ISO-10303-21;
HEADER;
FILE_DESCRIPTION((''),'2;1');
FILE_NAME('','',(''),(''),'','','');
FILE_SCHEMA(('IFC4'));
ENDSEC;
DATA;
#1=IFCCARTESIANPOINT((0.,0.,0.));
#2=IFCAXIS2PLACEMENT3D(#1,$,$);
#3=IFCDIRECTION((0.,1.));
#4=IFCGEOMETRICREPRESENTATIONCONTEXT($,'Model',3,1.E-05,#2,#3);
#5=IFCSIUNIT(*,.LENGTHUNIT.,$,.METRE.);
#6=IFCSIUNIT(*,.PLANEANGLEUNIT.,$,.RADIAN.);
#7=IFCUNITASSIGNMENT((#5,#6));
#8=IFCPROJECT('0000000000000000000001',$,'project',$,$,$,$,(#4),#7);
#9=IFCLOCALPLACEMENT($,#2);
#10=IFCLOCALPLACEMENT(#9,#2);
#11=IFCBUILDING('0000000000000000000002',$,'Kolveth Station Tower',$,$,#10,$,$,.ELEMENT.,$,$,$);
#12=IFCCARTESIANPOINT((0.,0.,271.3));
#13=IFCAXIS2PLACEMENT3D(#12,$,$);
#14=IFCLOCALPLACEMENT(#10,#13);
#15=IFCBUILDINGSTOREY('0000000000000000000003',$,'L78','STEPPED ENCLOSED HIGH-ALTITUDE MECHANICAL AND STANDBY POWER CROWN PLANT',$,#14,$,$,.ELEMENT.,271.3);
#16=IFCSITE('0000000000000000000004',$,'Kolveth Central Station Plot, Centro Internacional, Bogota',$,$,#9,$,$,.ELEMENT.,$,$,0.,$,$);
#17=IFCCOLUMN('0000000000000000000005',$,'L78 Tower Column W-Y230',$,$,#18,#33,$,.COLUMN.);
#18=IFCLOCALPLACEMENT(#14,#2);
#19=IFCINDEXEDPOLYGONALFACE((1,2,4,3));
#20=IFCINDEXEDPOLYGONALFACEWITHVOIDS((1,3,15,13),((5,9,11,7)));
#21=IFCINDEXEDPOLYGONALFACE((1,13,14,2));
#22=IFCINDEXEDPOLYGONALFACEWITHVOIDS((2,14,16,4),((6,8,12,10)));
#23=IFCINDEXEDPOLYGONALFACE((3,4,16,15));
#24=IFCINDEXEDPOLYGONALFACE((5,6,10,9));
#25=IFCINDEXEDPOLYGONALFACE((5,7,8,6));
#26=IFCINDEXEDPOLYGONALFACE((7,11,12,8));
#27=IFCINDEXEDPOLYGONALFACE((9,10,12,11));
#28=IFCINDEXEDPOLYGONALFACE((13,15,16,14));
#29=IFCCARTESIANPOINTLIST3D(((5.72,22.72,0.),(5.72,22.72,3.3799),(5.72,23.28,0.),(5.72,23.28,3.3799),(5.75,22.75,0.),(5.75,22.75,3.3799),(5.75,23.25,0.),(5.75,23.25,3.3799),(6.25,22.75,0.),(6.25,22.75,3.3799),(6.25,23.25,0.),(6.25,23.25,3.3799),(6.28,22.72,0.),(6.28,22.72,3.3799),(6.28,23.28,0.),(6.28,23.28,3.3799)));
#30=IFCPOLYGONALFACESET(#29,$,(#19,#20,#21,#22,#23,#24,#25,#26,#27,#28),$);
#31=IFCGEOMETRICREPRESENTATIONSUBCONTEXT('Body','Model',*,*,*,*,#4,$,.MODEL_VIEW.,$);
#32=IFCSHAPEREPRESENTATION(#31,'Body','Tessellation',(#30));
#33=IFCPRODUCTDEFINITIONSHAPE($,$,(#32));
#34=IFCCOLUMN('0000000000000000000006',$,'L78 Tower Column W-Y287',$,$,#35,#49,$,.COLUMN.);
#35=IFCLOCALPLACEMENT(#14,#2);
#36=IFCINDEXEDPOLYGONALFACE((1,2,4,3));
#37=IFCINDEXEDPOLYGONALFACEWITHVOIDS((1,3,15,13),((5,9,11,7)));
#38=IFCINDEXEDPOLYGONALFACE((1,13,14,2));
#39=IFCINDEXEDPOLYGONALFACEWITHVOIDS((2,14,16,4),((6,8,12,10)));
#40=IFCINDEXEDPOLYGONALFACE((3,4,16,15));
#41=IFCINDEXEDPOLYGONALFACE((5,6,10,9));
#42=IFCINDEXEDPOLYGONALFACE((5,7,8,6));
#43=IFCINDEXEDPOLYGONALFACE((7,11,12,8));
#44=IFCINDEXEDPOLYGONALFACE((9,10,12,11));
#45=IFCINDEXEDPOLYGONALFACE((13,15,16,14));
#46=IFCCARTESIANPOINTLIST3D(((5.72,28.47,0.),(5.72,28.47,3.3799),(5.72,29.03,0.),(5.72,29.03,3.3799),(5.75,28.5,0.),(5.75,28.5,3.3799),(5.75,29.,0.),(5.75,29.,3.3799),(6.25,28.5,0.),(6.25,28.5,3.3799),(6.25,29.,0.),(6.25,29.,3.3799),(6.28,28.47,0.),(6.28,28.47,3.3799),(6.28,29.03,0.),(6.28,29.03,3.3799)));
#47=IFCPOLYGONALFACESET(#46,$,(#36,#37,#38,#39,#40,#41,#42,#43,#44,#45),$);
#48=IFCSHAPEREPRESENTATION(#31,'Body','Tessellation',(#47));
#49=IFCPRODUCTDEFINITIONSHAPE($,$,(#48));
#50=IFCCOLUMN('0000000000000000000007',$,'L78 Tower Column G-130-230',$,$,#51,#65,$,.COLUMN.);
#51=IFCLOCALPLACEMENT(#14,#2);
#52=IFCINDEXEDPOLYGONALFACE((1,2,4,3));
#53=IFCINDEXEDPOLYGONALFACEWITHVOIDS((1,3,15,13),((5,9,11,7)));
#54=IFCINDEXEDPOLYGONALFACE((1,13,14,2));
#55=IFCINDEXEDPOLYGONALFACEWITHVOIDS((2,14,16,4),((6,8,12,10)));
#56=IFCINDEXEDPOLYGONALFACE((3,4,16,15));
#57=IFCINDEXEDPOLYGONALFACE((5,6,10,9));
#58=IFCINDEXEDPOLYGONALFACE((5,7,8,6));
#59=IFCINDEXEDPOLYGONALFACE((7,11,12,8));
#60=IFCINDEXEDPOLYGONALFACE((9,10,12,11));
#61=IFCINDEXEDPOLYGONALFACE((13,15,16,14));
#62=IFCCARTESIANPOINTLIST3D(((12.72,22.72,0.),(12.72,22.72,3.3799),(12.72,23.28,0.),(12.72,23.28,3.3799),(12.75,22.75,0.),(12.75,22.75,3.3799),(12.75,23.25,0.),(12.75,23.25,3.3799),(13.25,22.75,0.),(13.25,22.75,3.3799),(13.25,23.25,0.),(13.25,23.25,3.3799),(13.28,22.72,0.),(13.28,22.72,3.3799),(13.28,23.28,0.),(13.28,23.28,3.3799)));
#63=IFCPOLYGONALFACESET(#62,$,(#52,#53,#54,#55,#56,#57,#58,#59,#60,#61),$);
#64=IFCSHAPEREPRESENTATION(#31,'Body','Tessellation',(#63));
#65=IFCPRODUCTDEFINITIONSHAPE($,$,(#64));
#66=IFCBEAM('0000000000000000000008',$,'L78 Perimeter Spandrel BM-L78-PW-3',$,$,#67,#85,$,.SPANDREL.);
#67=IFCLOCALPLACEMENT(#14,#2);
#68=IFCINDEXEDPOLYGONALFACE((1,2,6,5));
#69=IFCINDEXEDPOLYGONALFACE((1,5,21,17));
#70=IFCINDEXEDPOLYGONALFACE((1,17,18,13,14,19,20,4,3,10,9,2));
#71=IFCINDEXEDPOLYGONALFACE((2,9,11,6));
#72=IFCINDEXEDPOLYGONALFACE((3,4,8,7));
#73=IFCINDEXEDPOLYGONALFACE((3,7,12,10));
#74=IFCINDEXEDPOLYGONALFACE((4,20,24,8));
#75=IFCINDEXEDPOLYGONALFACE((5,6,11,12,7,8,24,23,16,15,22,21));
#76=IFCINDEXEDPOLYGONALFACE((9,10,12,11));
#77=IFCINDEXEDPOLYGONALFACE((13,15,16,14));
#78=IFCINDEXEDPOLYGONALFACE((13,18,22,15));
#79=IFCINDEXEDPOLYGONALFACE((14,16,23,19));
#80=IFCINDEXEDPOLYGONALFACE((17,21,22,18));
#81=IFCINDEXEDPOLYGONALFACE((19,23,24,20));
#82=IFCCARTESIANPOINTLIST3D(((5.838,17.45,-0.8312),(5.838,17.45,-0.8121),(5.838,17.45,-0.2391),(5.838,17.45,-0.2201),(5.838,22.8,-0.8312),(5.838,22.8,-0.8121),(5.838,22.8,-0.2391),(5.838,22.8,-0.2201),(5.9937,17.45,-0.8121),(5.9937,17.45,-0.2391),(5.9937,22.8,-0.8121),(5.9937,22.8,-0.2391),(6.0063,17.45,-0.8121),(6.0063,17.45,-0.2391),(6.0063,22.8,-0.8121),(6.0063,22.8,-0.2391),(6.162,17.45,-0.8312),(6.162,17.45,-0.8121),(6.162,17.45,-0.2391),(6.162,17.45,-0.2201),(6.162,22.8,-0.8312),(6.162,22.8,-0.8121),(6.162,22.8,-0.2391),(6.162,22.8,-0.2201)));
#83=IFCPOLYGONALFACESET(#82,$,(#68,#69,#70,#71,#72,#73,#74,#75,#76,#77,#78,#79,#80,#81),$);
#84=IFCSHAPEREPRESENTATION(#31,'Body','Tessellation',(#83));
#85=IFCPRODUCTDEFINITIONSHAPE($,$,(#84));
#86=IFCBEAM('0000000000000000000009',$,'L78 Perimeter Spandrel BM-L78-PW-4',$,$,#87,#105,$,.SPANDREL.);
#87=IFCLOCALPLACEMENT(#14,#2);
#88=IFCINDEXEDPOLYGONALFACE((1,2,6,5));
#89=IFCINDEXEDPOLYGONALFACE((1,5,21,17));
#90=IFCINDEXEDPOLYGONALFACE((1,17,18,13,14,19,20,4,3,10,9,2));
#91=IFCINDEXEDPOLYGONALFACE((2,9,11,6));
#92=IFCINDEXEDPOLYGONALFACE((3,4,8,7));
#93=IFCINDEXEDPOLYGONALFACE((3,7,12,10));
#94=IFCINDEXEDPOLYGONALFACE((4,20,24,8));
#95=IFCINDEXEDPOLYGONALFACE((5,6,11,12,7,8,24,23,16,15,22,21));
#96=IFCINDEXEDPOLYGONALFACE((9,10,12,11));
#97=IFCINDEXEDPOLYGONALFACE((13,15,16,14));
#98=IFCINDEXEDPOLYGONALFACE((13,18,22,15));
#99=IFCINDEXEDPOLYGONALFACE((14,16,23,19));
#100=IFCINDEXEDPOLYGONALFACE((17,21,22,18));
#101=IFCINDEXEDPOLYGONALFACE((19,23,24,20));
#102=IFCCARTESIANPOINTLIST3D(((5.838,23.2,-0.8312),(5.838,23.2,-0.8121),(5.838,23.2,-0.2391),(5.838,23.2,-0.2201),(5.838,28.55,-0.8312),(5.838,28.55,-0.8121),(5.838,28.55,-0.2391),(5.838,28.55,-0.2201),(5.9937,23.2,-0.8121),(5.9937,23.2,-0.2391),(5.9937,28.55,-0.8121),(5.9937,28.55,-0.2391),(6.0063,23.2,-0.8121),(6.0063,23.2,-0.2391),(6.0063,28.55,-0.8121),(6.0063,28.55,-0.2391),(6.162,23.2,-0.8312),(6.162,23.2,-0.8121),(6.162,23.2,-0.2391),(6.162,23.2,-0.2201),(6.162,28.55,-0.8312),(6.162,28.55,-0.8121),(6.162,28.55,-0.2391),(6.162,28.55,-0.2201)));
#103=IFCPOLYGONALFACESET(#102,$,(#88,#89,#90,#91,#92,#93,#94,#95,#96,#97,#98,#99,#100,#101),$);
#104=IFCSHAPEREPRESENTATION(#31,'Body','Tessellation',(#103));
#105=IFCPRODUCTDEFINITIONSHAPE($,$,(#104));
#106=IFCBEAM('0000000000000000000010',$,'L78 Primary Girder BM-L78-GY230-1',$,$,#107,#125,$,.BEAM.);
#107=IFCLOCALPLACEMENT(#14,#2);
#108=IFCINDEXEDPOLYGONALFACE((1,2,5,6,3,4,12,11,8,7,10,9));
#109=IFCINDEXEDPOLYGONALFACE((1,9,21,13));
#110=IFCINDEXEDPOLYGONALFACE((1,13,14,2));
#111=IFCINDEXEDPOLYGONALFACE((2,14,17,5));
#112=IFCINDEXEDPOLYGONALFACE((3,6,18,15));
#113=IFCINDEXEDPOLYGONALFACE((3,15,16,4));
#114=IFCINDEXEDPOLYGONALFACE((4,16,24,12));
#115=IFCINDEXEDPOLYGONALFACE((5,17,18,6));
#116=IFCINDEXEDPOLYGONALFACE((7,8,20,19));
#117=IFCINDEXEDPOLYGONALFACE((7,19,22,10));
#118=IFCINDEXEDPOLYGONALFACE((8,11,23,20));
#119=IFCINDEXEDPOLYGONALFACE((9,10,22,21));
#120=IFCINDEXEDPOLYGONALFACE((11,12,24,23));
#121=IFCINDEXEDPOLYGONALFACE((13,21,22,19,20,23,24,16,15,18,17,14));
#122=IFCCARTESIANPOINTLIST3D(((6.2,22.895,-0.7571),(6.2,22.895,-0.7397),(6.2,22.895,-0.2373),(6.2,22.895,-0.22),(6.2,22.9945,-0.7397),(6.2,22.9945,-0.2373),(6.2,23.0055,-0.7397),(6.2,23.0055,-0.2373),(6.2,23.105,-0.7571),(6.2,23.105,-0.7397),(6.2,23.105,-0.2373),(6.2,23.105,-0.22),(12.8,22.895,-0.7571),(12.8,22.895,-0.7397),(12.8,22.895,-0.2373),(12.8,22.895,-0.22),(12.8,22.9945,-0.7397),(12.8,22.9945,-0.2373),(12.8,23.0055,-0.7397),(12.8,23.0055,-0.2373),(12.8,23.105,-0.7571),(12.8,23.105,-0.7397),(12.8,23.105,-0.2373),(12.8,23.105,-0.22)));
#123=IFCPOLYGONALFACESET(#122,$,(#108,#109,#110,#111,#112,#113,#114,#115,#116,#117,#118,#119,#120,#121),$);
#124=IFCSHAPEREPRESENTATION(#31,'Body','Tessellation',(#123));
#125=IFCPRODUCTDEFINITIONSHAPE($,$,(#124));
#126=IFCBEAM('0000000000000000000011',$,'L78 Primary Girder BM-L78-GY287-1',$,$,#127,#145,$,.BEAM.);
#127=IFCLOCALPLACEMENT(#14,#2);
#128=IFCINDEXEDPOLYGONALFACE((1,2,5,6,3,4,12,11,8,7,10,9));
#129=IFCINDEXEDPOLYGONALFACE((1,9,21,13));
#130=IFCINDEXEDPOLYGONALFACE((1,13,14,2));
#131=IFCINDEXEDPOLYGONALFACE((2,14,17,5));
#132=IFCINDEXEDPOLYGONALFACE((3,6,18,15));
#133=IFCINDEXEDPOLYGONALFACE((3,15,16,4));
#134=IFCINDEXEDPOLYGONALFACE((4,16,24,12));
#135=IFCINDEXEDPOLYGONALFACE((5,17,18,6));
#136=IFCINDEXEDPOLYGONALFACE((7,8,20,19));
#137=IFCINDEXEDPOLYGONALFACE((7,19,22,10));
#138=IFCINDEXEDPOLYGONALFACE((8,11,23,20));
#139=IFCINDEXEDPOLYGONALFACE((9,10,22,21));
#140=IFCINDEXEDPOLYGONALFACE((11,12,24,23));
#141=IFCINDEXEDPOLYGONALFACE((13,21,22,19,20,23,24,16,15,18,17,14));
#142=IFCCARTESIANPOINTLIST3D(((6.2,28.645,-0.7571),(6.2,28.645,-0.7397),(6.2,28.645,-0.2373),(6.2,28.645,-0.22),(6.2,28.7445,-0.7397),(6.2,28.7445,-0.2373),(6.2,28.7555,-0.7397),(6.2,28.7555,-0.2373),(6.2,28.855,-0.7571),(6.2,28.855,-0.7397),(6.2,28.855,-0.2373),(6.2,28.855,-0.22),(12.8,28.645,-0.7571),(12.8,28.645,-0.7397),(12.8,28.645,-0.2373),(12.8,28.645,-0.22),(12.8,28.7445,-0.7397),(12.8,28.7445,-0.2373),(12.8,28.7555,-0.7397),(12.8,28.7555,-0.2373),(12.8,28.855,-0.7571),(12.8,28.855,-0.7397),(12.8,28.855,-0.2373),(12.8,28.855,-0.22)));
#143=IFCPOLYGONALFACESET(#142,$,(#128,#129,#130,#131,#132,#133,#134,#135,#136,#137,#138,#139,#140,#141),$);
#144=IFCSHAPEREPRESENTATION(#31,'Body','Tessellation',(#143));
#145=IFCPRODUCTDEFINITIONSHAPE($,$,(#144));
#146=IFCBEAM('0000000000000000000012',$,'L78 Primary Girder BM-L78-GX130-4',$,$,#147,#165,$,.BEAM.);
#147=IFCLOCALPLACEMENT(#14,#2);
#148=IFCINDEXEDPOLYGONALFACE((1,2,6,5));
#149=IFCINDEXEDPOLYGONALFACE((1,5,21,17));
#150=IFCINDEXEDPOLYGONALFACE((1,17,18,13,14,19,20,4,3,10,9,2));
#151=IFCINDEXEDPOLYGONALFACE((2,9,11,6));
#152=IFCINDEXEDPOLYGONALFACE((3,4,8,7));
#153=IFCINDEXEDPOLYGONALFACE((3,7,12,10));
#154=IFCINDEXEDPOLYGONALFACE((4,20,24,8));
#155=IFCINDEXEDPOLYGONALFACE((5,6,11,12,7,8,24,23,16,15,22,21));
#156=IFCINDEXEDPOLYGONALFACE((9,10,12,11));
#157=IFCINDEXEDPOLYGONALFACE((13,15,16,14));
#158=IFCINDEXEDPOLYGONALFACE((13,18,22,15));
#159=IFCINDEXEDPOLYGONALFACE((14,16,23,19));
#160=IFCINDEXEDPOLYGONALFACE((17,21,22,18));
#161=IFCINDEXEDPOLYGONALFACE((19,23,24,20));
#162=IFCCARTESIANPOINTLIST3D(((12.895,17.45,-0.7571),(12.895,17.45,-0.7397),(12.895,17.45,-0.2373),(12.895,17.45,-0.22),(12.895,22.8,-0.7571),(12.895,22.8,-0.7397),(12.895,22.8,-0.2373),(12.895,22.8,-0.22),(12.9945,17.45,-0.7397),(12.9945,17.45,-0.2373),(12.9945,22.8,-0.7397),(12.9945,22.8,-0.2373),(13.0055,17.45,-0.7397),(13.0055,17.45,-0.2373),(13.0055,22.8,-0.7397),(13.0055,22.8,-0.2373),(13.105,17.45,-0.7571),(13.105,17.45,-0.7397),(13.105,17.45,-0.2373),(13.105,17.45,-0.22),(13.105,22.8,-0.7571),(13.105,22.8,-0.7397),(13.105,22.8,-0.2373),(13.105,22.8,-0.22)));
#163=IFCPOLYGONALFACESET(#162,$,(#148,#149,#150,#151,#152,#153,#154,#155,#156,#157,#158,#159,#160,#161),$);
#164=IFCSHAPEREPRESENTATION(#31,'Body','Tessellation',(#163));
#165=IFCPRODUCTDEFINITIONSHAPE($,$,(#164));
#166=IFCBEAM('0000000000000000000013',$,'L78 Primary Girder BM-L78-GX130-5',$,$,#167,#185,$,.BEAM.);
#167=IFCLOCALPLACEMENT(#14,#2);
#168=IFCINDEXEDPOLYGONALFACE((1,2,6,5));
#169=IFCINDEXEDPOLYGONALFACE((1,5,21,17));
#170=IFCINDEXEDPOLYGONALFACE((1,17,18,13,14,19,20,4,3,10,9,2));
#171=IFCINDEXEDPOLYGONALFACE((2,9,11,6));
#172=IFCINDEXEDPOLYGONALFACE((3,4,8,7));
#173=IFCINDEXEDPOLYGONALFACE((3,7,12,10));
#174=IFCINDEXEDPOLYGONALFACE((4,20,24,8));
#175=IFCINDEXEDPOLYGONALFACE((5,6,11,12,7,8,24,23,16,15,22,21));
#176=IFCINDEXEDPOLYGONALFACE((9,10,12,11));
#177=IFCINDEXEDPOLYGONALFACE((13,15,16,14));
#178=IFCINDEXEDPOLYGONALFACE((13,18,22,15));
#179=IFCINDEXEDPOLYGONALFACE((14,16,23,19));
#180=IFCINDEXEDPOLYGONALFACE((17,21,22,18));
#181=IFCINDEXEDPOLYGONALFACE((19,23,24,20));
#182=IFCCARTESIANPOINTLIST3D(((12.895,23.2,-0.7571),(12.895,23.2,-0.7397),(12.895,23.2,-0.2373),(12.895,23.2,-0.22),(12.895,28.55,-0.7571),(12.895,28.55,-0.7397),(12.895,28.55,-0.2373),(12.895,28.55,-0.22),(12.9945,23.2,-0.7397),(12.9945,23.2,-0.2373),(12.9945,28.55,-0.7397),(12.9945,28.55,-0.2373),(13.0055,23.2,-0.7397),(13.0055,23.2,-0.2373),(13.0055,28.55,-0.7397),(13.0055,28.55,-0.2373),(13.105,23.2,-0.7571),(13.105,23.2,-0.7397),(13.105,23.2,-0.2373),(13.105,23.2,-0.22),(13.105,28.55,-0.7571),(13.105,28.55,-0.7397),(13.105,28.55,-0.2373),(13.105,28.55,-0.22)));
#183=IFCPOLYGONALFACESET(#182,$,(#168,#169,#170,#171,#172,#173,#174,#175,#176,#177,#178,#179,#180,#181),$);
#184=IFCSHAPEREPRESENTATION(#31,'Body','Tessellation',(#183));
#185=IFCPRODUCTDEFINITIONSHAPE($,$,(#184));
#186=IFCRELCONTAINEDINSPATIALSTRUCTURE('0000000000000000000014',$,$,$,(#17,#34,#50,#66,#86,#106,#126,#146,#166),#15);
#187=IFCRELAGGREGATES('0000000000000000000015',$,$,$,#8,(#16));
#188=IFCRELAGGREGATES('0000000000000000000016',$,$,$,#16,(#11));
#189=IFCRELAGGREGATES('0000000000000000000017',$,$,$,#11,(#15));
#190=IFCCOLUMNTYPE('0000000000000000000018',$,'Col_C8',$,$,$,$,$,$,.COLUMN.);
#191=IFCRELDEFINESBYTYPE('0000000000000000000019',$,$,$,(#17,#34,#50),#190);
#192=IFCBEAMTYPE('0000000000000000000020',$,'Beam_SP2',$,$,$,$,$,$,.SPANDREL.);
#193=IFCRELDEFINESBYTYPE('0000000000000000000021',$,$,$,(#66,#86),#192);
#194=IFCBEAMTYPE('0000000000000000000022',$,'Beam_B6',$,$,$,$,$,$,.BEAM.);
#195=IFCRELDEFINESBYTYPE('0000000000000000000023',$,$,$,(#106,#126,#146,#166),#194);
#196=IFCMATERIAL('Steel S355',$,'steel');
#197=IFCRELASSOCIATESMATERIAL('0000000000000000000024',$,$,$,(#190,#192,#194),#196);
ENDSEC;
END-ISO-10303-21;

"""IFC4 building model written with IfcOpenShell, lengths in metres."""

from ifc_helpers import new_model, si_unit, direction, frame, origin, origin_2d, place, context, subcontext, project, spatial, hollow_rectangle, i_section, extrude, source, transform, mapped, material, material_profile, profile_set, type_object, element, save


model = new_model("IFC4")

# Units and contexts
model_context = context("Model", 3, precision=1e-05, world=origin(), true_north=direction((0.0, 1.0)))
body_context = subcontext(model_context, "Body", "Model", "MODEL_VIEW")
ifc_project = project(units=[si_unit("LENGTHUNIT", "METRE"), si_unit("PLANEANGLEUNIT", "RADIAN")], contexts=[model_context])

# Site, building, storey
site_placement = place(None, origin())
site = spatial("IfcSite", under=ifc_project, at=site_placement, Name="Kolveth Central Station Plot, Centro Internacional, Bogota", CompositionType="ELEMENT", RefElevation=0.0)
building_placement = place(site_placement, origin())
building = spatial("IfcBuilding", under=site, at=building_placement, Name="Kolveth Station Tower", CompositionType="ELEMENT")
storey_placement = place(building_placement, frame((0.0, 0.0, 271.3)))
storey = spatial("IfcBuildingStorey", under=building, at=storey_placement, Name="L78", Description="STEPPED ENCLOSED HIGH-ALTITUDE MECHANICAL AND STANDBY POWER CROWN PLANT", CompositionType="ELEMENT", Elevation=271.3)

# Columns
ifc_material_1 = material(Name="Steel S355", Category="steel")
ifc_material_profile_1 = material_profile(ifc_material_1, hollow_rectangle(XDim=0.5601, YDim=0.5601, WallThickness=0.03, at=origin_2d()), Name="BOX560x560x30")
ifc_profile_set_1 = profile_set([ifc_material_profile_1], Name="Steel S355")
column_type = type_object("IfcColumnType", Name="Col_C8", PredefinedType="COLUMN", material=ifc_profile_set_1)
shared_shape_1 = source(origin(), body_context, "Body", "SweptSolid", [
    extrude(hollow_rectangle(XDim=0.5601, YDim=0.5601, WallThickness=0.03, at=origin_2d()), origin(), (0.0, 0.0, 1.0), 3.3799),
])
for number, where, z_axis, x_axis, name in (
    (1, (6.0, 23.0, 0.0), (0.0, 0.0, 1.0), (1.0, 0.0, 0.0), "L78 Tower Column W-Y230"),
    (2, (6.0, 28.75, 0.0), (0.0, 0.0, 1.0), (1.0, 0.0, 0.0), "L78 Tower Column W-Y287"),
    (3, (13.0, 23.0, 0.0), (0.0, 0.0, 1.0), (1.0, 0.0, 0.0), "L78 Tower Column G-130-230"),
):
    element("IfcColumn", number, at=place(storey_placement, frame(where, z_axis=z_axis, x_axis=x_axis)), inside=storey, type_object=column_type, Name=name, PredefinedType="COLUMN", context=body_context, shape_type="MappedRepresentation", body=[
        mapped(shared_shape_1, transform((0.0, 0.0, 0.0), x_axis=(1.0, 0.0, 0.0), y_axis=(0.0, 1.0, 0.0), z_axis=(0.0, 0.0, 1.0), scale=1.0)),
    ])

# Beams
ifc_material_profile_2 = material_profile(ifc_material_1, i_section(OverallWidth=0.324, OverallDepth=0.6111, WebThickness=0.0127, FlangeThickness=0.019, at=origin_2d()), Name="W610x155")
ifc_profile_set_2 = profile_set([ifc_material_profile_2], Name="Steel S355")
beam_type_1 = type_object("IfcBeamType", Name="Beam_SP2", PredefinedType="SPANDREL", material=ifc_profile_set_2)
shared_shape_2 = source(origin(), body_context, "Body", "SweptSolid", [
    extrude(i_section(OverallWidth=0.324, OverallDepth=0.6111, WebThickness=0.0127, FlangeThickness=0.019, at=origin_2d()), origin(), (0.0, 0.0, 1.0), 5.3501),
])
for number, where, z_axis, x_axis, name in (
    (4, (6.0, 17.45, -0.5256), (0.0, 1.0, 0.0), (-1.0, 0.0, 0.0), "L78 Perimeter Spandrel BM-L78-PW-3"),
    (5, (6.0, 23.2, -0.5256), (0.0, 1.0, 0.0), (-1.0, 0.0, 0.0), "L78 Perimeter Spandrel BM-L78-PW-4"),
):
    element("IfcBeam", number, at=place(storey_placement, frame(where, z_axis=z_axis, x_axis=x_axis)), inside=storey, type_object=beam_type_1, Name=name, PredefinedType="SPANDREL", context=body_context, shape_type="MappedRepresentation", body=[
        mapped(shared_shape_2, transform((0.0, 0.0, 0.0), x_axis=(1.0, 0.0, 0.0), y_axis=(0.0, 1.0, 0.0), z_axis=(0.0, 0.0, 1.0), scale=1.0)),
    ])
ifc_material_profile_3 = material_profile(ifc_material_1, i_section(OverallWidth=0.21, OverallDepth=0.5371, WebThickness=0.011, FlangeThickness=0.0173, at=origin_2d()), Name="W530x101")
ifc_profile_set_3 = profile_set([ifc_material_profile_3], Name="Steel S355")
beam_type_2 = type_object("IfcBeamType", Name="Beam_B6", PredefinedType="BEAM", material=ifc_profile_set_3)
shared_shape_3 = source(origin(), body_context, "Body", "SweptSolid", [
    extrude(i_section(OverallWidth=0.21, OverallDepth=0.5371, WebThickness=0.011, FlangeThickness=0.0173, at=origin_2d()), origin(), (0.0, 0.0, 1.0), 6.6001),
])
for number, where, z_axis, x_axis, name in (
    (6, (6.2, 23.0, -0.4885), (1.0, 0.0, 0.0), (0.0, 1.0, 0.0), "L78 Primary Girder BM-L78-GY230-1"),
    (7, (6.2, 28.75, -0.4885), (1.0, 0.0, 0.0), (0.0, 1.0, 0.0), "L78 Primary Girder BM-L78-GY287-1"),
):
    element("IfcBeam", number, at=place(storey_placement, frame(where, z_axis=z_axis, x_axis=x_axis)), inside=storey, type_object=beam_type_2, Name=name, PredefinedType="BEAM", context=body_context, shape_type="MappedRepresentation", body=[
        mapped(shared_shape_3, transform((0.0, 0.0, 0.0), x_axis=(1.0, 0.0, 0.0), y_axis=(0.0, 1.0, 0.0), z_axis=(0.0, 0.0, 1.0), scale=1.0)),
    ])
shared_shape_4 = source(origin(), body_context, "Body", "SweptSolid", [
    extrude(i_section(OverallWidth=0.21, OverallDepth=0.5371, WebThickness=0.011, FlangeThickness=0.0173, at=origin_2d()), origin(), (0.0, 0.0, 1.0), 5.3501),
])
for number, where, z_axis, x_axis, name in (
    (8, (13.0, 17.45, -0.4885), (0.0, 1.0, 0.0), (-1.0, 0.0, 0.0), "L78 Primary Girder BM-L78-GX130-4"),
    (9, (13.0, 23.2, -0.4885), (0.0, 1.0, 0.0), (-1.0, 0.0, 0.0), "L78 Primary Girder BM-L78-GX130-5"),
):
    element("IfcBeam", number, at=place(storey_placement, frame(where, z_axis=z_axis, x_axis=x_axis)), inside=storey, type_object=beam_type_2, Name=name, PredefinedType="BEAM", context=body_context, shape_type="MappedRepresentation", body=[
        mapped(shared_shape_4, transform((0.0, 0.0, 0.0), x_axis=(1.0, 0.0, 0.0), y_axis=(0.0, 1.0, 0.0), z_axis=(0.0, 0.0, 1.0), scale=1.0)),
    ])

save(model, "model.ifc")
